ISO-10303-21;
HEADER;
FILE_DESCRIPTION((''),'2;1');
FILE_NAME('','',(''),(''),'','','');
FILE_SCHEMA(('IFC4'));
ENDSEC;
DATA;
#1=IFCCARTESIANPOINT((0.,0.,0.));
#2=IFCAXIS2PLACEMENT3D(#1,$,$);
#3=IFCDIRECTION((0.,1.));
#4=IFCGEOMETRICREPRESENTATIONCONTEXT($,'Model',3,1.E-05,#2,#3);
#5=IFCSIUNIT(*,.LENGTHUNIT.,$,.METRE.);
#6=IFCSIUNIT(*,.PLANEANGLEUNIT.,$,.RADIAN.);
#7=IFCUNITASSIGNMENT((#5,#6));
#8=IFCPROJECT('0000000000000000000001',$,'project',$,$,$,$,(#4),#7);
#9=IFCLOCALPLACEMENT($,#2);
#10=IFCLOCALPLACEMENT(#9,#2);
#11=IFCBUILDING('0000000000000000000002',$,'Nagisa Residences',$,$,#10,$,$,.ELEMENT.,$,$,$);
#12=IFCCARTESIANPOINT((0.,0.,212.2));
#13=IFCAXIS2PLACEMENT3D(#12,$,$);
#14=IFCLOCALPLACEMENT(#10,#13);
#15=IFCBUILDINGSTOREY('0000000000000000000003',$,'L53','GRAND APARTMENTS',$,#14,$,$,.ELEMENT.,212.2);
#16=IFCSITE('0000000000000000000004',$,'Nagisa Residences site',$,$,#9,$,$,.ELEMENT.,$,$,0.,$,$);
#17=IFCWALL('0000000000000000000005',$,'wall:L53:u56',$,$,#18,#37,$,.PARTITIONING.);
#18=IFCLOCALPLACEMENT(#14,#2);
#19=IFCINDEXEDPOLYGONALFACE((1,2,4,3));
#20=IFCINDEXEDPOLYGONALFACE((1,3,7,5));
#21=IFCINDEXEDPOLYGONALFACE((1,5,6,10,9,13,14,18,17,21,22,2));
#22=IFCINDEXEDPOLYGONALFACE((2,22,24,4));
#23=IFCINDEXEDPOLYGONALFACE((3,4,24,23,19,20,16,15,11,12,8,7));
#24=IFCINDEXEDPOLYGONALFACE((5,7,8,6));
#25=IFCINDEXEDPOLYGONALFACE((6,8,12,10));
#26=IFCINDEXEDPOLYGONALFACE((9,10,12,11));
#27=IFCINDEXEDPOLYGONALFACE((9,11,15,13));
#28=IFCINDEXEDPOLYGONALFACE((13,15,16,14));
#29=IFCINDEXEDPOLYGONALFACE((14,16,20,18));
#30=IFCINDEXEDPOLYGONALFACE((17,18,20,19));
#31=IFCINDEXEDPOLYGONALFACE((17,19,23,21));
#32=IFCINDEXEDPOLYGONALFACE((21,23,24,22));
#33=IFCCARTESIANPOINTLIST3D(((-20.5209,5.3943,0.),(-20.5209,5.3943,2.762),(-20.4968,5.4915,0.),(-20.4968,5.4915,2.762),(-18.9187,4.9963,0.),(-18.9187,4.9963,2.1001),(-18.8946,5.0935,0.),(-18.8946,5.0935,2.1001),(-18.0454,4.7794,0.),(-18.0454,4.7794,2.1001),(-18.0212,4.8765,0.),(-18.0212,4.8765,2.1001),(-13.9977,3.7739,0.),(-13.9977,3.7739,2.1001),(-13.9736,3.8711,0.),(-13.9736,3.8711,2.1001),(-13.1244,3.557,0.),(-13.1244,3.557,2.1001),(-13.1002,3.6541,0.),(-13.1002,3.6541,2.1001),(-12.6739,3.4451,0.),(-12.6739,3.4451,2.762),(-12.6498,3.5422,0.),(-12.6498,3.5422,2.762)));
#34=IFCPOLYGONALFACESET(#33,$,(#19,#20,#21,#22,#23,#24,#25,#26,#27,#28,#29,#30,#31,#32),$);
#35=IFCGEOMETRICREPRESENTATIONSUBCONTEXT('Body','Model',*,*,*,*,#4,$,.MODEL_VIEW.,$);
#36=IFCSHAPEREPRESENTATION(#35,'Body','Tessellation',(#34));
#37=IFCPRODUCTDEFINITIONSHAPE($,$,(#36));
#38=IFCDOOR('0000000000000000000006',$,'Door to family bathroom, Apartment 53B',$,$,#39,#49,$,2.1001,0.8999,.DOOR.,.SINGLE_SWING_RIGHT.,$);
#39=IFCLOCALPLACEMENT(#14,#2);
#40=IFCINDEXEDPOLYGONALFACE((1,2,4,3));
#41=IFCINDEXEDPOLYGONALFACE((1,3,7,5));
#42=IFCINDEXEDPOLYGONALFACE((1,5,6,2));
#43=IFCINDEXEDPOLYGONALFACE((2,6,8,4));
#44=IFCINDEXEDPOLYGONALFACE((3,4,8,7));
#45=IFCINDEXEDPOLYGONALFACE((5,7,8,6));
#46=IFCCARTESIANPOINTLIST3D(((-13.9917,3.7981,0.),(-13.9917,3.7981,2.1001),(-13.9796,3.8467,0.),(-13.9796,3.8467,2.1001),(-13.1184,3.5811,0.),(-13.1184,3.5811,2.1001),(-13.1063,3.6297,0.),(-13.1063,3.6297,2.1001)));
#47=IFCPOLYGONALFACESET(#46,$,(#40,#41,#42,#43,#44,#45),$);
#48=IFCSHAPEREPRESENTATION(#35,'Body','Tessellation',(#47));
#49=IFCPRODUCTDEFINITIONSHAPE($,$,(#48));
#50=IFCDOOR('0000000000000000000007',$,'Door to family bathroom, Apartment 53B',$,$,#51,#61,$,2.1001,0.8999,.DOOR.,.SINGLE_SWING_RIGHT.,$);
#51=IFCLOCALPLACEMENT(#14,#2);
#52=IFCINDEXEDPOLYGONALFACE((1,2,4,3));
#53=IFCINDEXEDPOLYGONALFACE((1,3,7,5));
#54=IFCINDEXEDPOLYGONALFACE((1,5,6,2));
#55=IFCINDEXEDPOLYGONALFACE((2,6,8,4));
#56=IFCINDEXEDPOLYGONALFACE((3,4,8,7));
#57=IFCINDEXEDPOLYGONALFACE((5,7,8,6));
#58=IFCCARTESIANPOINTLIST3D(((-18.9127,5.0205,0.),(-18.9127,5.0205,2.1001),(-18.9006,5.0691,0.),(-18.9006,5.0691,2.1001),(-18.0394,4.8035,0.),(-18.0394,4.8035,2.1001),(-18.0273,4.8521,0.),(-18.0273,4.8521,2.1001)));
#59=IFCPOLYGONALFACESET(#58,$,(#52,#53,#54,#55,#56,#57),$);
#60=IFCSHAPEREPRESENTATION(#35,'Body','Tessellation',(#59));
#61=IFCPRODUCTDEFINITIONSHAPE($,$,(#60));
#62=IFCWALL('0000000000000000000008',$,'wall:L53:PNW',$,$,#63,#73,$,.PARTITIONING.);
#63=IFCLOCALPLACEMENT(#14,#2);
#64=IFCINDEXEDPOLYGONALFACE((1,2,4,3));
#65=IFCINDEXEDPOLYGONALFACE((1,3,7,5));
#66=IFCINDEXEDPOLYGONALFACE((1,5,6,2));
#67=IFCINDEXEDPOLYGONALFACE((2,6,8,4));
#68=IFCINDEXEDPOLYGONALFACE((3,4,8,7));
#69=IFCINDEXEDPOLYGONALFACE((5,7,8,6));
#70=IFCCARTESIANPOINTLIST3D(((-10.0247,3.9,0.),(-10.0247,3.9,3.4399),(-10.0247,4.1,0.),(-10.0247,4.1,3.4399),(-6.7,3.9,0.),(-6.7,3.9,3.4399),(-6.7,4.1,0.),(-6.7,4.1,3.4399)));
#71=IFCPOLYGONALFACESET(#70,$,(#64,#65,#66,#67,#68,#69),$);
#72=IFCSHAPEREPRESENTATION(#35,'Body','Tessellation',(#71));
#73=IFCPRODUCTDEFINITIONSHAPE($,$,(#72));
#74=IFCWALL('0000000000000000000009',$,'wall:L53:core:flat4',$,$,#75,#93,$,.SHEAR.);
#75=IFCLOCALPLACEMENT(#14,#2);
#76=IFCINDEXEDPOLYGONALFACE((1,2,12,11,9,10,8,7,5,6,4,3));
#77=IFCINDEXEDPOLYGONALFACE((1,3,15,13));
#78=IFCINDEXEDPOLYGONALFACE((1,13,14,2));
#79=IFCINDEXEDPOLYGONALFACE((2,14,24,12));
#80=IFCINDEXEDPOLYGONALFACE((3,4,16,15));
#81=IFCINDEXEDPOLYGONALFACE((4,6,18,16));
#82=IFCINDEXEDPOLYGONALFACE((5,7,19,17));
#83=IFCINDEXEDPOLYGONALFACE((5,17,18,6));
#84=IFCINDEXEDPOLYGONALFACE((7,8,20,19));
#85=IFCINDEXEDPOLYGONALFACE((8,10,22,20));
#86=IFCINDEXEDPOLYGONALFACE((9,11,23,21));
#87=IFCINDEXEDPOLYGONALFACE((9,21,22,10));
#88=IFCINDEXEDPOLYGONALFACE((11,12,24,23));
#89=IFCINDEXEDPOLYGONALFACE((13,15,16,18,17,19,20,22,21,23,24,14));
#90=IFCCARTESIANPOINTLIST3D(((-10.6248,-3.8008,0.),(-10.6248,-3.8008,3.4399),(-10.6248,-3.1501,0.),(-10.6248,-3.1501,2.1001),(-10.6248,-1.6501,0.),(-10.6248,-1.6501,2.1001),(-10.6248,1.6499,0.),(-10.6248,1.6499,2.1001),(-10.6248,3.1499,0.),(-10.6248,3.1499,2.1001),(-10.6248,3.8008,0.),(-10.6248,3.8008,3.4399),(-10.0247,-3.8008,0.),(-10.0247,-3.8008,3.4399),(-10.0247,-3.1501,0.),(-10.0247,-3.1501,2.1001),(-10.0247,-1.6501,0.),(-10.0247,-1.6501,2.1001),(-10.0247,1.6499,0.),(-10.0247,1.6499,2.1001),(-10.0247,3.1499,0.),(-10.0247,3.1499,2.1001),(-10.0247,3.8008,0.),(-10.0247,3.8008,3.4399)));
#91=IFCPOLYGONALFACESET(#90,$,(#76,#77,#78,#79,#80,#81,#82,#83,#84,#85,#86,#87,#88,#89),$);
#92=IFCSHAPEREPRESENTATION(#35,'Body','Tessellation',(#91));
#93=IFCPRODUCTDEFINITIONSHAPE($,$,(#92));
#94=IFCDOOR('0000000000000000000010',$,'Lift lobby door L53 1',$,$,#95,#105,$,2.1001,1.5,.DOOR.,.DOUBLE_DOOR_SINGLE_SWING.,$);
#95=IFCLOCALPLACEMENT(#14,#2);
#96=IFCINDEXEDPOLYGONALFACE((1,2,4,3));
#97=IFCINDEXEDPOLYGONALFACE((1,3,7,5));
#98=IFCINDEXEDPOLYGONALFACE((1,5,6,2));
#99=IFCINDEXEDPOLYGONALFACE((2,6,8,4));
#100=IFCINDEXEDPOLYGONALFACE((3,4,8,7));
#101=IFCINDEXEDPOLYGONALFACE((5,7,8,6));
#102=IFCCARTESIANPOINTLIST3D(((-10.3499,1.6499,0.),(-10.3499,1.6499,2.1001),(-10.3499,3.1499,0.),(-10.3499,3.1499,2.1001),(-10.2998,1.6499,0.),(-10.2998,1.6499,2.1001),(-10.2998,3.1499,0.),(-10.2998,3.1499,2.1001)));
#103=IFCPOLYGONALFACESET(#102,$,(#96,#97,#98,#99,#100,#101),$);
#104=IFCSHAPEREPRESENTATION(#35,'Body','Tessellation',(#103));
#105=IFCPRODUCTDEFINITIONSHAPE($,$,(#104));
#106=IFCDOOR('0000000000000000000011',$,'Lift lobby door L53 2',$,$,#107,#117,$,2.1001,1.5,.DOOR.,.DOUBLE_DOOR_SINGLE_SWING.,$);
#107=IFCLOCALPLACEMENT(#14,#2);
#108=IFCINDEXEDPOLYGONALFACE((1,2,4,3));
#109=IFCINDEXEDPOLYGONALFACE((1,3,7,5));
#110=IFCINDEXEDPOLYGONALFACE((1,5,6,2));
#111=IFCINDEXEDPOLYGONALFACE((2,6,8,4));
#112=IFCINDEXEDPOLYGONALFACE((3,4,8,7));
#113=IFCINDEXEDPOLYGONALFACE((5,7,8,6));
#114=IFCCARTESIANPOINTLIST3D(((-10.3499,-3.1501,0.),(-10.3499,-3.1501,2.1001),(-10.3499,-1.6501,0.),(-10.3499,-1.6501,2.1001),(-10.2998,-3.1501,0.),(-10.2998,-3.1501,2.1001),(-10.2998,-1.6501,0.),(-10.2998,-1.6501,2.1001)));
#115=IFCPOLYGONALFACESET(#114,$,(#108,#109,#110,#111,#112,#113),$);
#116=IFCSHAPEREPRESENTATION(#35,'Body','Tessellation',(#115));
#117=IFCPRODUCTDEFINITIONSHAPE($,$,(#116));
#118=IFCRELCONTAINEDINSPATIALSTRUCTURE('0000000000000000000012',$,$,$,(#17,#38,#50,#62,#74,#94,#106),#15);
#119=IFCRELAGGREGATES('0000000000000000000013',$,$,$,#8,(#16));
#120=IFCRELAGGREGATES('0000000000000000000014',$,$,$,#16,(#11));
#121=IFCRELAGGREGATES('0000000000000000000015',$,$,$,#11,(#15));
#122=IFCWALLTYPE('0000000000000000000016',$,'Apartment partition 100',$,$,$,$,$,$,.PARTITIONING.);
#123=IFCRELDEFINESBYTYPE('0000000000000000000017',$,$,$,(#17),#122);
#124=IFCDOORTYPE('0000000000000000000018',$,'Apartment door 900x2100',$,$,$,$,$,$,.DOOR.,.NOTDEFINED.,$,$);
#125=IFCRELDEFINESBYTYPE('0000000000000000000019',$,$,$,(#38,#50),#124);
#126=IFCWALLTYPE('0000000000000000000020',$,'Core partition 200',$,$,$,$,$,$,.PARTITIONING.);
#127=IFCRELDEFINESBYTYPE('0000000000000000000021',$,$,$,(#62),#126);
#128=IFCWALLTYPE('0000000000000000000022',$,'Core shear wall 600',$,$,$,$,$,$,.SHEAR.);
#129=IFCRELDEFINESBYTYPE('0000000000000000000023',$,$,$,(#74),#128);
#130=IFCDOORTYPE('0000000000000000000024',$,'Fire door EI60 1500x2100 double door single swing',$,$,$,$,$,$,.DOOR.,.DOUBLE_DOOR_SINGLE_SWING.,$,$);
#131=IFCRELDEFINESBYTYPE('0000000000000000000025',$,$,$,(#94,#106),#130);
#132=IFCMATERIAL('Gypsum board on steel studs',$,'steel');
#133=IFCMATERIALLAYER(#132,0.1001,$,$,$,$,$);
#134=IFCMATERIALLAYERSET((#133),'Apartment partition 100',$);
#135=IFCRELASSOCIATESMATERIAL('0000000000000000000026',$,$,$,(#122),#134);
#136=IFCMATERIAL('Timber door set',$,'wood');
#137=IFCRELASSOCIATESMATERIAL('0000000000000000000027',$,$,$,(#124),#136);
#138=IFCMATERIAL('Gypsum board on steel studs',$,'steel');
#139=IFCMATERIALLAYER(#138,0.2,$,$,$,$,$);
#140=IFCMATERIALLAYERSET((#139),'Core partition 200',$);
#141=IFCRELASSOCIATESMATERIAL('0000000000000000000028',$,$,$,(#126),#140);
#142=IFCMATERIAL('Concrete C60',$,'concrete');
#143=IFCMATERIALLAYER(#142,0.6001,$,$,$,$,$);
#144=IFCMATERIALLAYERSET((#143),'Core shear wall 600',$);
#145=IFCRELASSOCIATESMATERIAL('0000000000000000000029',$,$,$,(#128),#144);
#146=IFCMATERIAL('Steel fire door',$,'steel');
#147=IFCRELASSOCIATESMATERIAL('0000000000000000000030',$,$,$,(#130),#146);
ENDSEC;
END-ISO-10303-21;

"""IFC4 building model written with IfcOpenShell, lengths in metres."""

from ifc_helpers import new_model, si_unit, direction, frame, frame_2d, origin, place, context, subcontext, project, spatial, rectangle, extrude, material, layer, layer_set, type_object, element, fill, save


model = new_model("IFC4")

# Units and contexts
model_context = context("Model", 3, precision=1e-05, world=origin(), true_north=direction((0.0, 1.0)))
body_context = subcontext(model_context, "Body", "Model", "MODEL_VIEW")
ifc_project = project(units=[si_unit("LENGTHUNIT", "METRE"), si_unit("PLANEANGLEUNIT", "RADIAN")], contexts=[model_context])

# Site, building, storey
site_placement = place(None, origin())
site = spatial("IfcSite", under=ifc_project, at=site_placement, Name="Nagisa Residences site", CompositionType="ELEMENT", RefElevation=0.0)
building_placement = place(site_placement, origin())
building = spatial("IfcBuilding", under=site, at=building_placement, Name="Nagisa Residences", CompositionType="ELEMENT")
storey_placement = place(building_placement, frame((0.0, 0.0, 212.2)))
storey = spatial("IfcBuildingStorey", under=building, at=storey_placement, Name="L53", Description="GRAND APARTMENTS", CompositionType="ELEMENT", Elevation=212.2)

# Shared definitions
ifc_material_1 = material(Name="Gypsum board on steel studs", Category="steel")
ifc_layer_1 = layer(ifc_material_1, 0.1001)
ifc_layer_set_1 = layer_set([ifc_layer_1], Name="Apartment partition 100")
wall_type_1 = type_object("IfcWallType", Name="Apartment partition 100", PredefinedType="PARTITIONING", material=ifc_layer_set_1)
ifc_material_2 = material(Name="Timber door set", Category="wood")
door_type_1 = type_object("IfcDoorType", Name="Apartment door 900x2100", OperationType="NOTDEFINED", PredefinedType="DOOR", material=ifc_material_2)

# Wall, openings, doors
wall_1_placement = place(storey_placement, frame((-12.6619, 3.4937, 0.0), z_axis=(0.0, 0.0, 1.0), x_axis=(-0.970506, 0.241079, 0.0)))
wall_1 = element("IfcWall", 1, at=wall_1_placement, inside=storey, type_object=wall_type_1, Name="wall:L53:u56", PredefinedType="PARTITIONING", context=body_context, shape_type="SweptSolid", body=[
    extrude(rectangle(XDim=8.0854, YDim=0.1001, at=frame_2d((4.0427, 0.0))), origin(), (0.0, 0.0, 1.0), 2.762),
])
opening_1_placement = place(wall_1_placement, frame((0.4641, 0.0, 0.0)))
opening_1 = element("IfcOpeningElement", 2, at=opening_1_placement, cuts=wall_1, PredefinedType="OPENING", context=body_context, shape_type="SweptSolid", body=[
    extrude(rectangle(XDim=0.8999, YDim=2.1001, at=frame_2d((0.45, 1.05))), frame((0.0, 0.0601, 0.0), z_axis=(0.0, -1.0, 0.0), x_axis=(1.0, 0.0, 0.0)), (0.0, 0.0, 1.0), 0.1201),
])
opening_2_placement = place(wall_1_placement, frame((5.5347, 0.0, 0.0)))
opening_2 = element("IfcOpeningElement", 3, at=opening_2_placement, cuts=wall_1, PredefinedType="OPENING", context=body_context, shape_type="SweptSolid", body=[
    extrude(rectangle(XDim=0.8999, YDim=2.1001, at=frame_2d((0.45, 1.05))), frame((0.0, 0.0601, 0.0), z_axis=(0.0, -1.0, 0.0), x_axis=(1.0, 0.0, 0.0)), (0.0, 0.0, 1.0), 0.1201),
])
door_1_placement = place(opening_1_placement, frame((0.8999, 0.0, 0.0), x_axis=(-1.0, 0.0, 0.0)))
door_1 = element("IfcDoor", 4, at=door_1_placement, inside=storey, type_object=door_type_1, Name="Door to family bathroom, Apartment 53B", OperationType="SINGLE_SWING_RIGHT", OverallHeight=2.1001, OverallWidth=0.8999, PredefinedType="DOOR", context=body_context, shape_type="SweptSolid", body=[
    extrude(rectangle(XDim=0.8999, YDim=2.1001, at=frame_2d((0.45, 1.05))), frame((0.0, 0.0249, 0.0), z_axis=(0.0, -1.0, 0.0), x_axis=(1.0, 0.0, 0.0)), (0.0, 0.0, 1.0), 0.05),
])
fill(opening_1, door_1)
door_2_placement = place(opening_2_placement, frame((0.8999, 0.0, 0.0), x_axis=(-1.0, 0.0, 0.0)))
door_2 = element("IfcDoor", 5, at=door_2_placement, inside=storey, type_object=door_type_1, Name="Door to family bathroom, Apartment 53B", OperationType="SINGLE_SWING_RIGHT", OverallHeight=2.1001, OverallWidth=0.8999, PredefinedType="DOOR", context=body_context, shape_type="SweptSolid", body=[
    extrude(rectangle(XDim=0.8999, YDim=2.1001, at=frame_2d((0.45, 1.05))), frame((0.0, 0.0249, 0.0), z_axis=(0.0, -1.0, 0.0), x_axis=(1.0, 0.0, 0.0)), (0.0, 0.0, 1.0), 0.05),
])
fill(opening_2, door_2)

# Wall
ifc_material_3 = material(Name="Gypsum board on steel studs", Category="steel")
ifc_layer_2 = layer(ifc_material_3, 0.2)
ifc_layer_set_2 = layer_set([ifc_layer_2], Name="Core partition 200")
wall_type_2 = type_object("IfcWallType", Name="Core partition 200", PredefinedType="PARTITIONING", material=ifc_layer_set_2)
wall_2_placement = place(storey_placement, frame((-10.0247, 4.0, 0.0), z_axis=(0.0, 0.0, 1.0), x_axis=(1.0, 0.0, 0.0)))
element("IfcWall", 6, at=wall_2_placement, inside=storey, type_object=wall_type_2, Name="wall:L53:PNW", PredefinedType="PARTITIONING", context=body_context, shape_type="SweptSolid", body=[
    extrude(rectangle(XDim=3.3247, YDim=0.2, at=frame_2d((1.6624, 0.0))), origin(), (0.0, 0.0, 1.0), 3.4399),
])

# Wall, openings, doors
ifc_material_4 = material(Name="Concrete C60", Category="concrete")
ifc_layer_3 = layer(ifc_material_4, 0.6001)
ifc_layer_set_3 = layer_set([ifc_layer_3], Name="Core shear wall 600")
wall_type_3 = type_object("IfcWallType", Name="Core shear wall 600", PredefinedType="SHEAR", material=ifc_layer_set_3)
wall_3_placement = place(storey_placement, frame((-10.3247, 3.8008, 0.0), z_axis=(0.0, 0.0, 1.0), x_axis=(0.0, -1.0, 0.0)))
wall_3 = element("IfcWall", 7, at=wall_3_placement, inside=storey, type_object=wall_type_3, Name="wall:L53:core:flat4", PredefinedType="SHEAR", context=body_context, shape_type="SweptSolid", body=[
    extrude(rectangle(XDim=7.6016, YDim=0.6001, at=frame_2d((3.8008, 0.0))), origin(), (0.0, 0.0, 1.0), 3.4399),
])
opening_3_placement = place(wall_3_placement, frame((0.6509, 0.0, 0.0)))
opening_3 = element("IfcOpeningElement", 8, at=opening_3_placement, cuts=wall_3, PredefinedType="OPENING", context=body_context, shape_type="SweptSolid", body=[
    extrude(rectangle(XDim=1.5, YDim=2.1001, at=frame_2d((0.75, 1.05))), frame((0.0, 0.3101, 0.0), z_axis=(0.0, -1.0, 0.0), x_axis=(1.0, 0.0, 0.0)), (0.0, 0.0, 1.0), 0.6201),
])
opening_4_placement = place(wall_3_placement, frame((5.4509, 0.0, 0.0)))
opening_4 = element("IfcOpeningElement", 9, at=opening_4_placement, cuts=wall_3, PredefinedType="OPENING", context=body_context, shape_type="SweptSolid", body=[
    extrude(rectangle(XDim=1.5, YDim=2.1001, at=frame_2d((0.75, 1.05))), frame((0.0, 0.3101, 0.0), z_axis=(0.0, -1.0, 0.0), x_axis=(1.0, 0.0, 0.0)), (0.0, 0.0, 1.0), 0.6201),
])
ifc_material_5 = material(Name="Steel fire door", Category="steel")
door_type_2 = type_object("IfcDoorType", Name="Fire door EI60 1500x2100 double door single swing", OperationType="DOUBLE_DOOR_SINGLE_SWING", PredefinedType="DOOR", material=ifc_material_5)
door_3_placement = place(opening_3_placement, origin())
door_3 = element("IfcDoor", 10, at=door_3_placement, inside=storey, type_object=door_type_2, Name="Lift lobby door L53 1", OperationType="DOUBLE_DOOR_SINGLE_SWING", OverallHeight=2.1001, OverallWidth=1.5, PredefinedType="DOOR", context=body_context, shape_type="SweptSolid", body=[
    extrude(rectangle(XDim=1.5, YDim=2.1001, at=frame_2d((0.75, 1.05))), frame((0.0, 0.0249, 0.0), z_axis=(0.0, -1.0, 0.0), x_axis=(1.0, 0.0, 0.0)), (0.0, 0.0, 1.0), 0.05),
])
fill(opening_3, door_3)
door_4_placement = place(opening_4_placement, origin())
door_4 = element("IfcDoor", 11, at=door_4_placement, inside=storey, type_object=door_type_2, Name="Lift lobby door L53 2", OperationType="DOUBLE_DOOR_SINGLE_SWING", OverallHeight=2.1001, OverallWidth=1.5, PredefinedType="DOOR", context=body_context, shape_type="SweptSolid", body=[
    extrude(rectangle(XDim=1.5, YDim=2.1001, at=frame_2d((0.75, 1.05))), frame((0.0, 0.0249, 0.0), z_axis=(0.0, -1.0, 0.0), x_axis=(1.0, 0.0, 0.0)), (0.0, 0.0, 1.0), 0.05),
])
fill(opening_4, door_4)

save(model, "model.ifc")
